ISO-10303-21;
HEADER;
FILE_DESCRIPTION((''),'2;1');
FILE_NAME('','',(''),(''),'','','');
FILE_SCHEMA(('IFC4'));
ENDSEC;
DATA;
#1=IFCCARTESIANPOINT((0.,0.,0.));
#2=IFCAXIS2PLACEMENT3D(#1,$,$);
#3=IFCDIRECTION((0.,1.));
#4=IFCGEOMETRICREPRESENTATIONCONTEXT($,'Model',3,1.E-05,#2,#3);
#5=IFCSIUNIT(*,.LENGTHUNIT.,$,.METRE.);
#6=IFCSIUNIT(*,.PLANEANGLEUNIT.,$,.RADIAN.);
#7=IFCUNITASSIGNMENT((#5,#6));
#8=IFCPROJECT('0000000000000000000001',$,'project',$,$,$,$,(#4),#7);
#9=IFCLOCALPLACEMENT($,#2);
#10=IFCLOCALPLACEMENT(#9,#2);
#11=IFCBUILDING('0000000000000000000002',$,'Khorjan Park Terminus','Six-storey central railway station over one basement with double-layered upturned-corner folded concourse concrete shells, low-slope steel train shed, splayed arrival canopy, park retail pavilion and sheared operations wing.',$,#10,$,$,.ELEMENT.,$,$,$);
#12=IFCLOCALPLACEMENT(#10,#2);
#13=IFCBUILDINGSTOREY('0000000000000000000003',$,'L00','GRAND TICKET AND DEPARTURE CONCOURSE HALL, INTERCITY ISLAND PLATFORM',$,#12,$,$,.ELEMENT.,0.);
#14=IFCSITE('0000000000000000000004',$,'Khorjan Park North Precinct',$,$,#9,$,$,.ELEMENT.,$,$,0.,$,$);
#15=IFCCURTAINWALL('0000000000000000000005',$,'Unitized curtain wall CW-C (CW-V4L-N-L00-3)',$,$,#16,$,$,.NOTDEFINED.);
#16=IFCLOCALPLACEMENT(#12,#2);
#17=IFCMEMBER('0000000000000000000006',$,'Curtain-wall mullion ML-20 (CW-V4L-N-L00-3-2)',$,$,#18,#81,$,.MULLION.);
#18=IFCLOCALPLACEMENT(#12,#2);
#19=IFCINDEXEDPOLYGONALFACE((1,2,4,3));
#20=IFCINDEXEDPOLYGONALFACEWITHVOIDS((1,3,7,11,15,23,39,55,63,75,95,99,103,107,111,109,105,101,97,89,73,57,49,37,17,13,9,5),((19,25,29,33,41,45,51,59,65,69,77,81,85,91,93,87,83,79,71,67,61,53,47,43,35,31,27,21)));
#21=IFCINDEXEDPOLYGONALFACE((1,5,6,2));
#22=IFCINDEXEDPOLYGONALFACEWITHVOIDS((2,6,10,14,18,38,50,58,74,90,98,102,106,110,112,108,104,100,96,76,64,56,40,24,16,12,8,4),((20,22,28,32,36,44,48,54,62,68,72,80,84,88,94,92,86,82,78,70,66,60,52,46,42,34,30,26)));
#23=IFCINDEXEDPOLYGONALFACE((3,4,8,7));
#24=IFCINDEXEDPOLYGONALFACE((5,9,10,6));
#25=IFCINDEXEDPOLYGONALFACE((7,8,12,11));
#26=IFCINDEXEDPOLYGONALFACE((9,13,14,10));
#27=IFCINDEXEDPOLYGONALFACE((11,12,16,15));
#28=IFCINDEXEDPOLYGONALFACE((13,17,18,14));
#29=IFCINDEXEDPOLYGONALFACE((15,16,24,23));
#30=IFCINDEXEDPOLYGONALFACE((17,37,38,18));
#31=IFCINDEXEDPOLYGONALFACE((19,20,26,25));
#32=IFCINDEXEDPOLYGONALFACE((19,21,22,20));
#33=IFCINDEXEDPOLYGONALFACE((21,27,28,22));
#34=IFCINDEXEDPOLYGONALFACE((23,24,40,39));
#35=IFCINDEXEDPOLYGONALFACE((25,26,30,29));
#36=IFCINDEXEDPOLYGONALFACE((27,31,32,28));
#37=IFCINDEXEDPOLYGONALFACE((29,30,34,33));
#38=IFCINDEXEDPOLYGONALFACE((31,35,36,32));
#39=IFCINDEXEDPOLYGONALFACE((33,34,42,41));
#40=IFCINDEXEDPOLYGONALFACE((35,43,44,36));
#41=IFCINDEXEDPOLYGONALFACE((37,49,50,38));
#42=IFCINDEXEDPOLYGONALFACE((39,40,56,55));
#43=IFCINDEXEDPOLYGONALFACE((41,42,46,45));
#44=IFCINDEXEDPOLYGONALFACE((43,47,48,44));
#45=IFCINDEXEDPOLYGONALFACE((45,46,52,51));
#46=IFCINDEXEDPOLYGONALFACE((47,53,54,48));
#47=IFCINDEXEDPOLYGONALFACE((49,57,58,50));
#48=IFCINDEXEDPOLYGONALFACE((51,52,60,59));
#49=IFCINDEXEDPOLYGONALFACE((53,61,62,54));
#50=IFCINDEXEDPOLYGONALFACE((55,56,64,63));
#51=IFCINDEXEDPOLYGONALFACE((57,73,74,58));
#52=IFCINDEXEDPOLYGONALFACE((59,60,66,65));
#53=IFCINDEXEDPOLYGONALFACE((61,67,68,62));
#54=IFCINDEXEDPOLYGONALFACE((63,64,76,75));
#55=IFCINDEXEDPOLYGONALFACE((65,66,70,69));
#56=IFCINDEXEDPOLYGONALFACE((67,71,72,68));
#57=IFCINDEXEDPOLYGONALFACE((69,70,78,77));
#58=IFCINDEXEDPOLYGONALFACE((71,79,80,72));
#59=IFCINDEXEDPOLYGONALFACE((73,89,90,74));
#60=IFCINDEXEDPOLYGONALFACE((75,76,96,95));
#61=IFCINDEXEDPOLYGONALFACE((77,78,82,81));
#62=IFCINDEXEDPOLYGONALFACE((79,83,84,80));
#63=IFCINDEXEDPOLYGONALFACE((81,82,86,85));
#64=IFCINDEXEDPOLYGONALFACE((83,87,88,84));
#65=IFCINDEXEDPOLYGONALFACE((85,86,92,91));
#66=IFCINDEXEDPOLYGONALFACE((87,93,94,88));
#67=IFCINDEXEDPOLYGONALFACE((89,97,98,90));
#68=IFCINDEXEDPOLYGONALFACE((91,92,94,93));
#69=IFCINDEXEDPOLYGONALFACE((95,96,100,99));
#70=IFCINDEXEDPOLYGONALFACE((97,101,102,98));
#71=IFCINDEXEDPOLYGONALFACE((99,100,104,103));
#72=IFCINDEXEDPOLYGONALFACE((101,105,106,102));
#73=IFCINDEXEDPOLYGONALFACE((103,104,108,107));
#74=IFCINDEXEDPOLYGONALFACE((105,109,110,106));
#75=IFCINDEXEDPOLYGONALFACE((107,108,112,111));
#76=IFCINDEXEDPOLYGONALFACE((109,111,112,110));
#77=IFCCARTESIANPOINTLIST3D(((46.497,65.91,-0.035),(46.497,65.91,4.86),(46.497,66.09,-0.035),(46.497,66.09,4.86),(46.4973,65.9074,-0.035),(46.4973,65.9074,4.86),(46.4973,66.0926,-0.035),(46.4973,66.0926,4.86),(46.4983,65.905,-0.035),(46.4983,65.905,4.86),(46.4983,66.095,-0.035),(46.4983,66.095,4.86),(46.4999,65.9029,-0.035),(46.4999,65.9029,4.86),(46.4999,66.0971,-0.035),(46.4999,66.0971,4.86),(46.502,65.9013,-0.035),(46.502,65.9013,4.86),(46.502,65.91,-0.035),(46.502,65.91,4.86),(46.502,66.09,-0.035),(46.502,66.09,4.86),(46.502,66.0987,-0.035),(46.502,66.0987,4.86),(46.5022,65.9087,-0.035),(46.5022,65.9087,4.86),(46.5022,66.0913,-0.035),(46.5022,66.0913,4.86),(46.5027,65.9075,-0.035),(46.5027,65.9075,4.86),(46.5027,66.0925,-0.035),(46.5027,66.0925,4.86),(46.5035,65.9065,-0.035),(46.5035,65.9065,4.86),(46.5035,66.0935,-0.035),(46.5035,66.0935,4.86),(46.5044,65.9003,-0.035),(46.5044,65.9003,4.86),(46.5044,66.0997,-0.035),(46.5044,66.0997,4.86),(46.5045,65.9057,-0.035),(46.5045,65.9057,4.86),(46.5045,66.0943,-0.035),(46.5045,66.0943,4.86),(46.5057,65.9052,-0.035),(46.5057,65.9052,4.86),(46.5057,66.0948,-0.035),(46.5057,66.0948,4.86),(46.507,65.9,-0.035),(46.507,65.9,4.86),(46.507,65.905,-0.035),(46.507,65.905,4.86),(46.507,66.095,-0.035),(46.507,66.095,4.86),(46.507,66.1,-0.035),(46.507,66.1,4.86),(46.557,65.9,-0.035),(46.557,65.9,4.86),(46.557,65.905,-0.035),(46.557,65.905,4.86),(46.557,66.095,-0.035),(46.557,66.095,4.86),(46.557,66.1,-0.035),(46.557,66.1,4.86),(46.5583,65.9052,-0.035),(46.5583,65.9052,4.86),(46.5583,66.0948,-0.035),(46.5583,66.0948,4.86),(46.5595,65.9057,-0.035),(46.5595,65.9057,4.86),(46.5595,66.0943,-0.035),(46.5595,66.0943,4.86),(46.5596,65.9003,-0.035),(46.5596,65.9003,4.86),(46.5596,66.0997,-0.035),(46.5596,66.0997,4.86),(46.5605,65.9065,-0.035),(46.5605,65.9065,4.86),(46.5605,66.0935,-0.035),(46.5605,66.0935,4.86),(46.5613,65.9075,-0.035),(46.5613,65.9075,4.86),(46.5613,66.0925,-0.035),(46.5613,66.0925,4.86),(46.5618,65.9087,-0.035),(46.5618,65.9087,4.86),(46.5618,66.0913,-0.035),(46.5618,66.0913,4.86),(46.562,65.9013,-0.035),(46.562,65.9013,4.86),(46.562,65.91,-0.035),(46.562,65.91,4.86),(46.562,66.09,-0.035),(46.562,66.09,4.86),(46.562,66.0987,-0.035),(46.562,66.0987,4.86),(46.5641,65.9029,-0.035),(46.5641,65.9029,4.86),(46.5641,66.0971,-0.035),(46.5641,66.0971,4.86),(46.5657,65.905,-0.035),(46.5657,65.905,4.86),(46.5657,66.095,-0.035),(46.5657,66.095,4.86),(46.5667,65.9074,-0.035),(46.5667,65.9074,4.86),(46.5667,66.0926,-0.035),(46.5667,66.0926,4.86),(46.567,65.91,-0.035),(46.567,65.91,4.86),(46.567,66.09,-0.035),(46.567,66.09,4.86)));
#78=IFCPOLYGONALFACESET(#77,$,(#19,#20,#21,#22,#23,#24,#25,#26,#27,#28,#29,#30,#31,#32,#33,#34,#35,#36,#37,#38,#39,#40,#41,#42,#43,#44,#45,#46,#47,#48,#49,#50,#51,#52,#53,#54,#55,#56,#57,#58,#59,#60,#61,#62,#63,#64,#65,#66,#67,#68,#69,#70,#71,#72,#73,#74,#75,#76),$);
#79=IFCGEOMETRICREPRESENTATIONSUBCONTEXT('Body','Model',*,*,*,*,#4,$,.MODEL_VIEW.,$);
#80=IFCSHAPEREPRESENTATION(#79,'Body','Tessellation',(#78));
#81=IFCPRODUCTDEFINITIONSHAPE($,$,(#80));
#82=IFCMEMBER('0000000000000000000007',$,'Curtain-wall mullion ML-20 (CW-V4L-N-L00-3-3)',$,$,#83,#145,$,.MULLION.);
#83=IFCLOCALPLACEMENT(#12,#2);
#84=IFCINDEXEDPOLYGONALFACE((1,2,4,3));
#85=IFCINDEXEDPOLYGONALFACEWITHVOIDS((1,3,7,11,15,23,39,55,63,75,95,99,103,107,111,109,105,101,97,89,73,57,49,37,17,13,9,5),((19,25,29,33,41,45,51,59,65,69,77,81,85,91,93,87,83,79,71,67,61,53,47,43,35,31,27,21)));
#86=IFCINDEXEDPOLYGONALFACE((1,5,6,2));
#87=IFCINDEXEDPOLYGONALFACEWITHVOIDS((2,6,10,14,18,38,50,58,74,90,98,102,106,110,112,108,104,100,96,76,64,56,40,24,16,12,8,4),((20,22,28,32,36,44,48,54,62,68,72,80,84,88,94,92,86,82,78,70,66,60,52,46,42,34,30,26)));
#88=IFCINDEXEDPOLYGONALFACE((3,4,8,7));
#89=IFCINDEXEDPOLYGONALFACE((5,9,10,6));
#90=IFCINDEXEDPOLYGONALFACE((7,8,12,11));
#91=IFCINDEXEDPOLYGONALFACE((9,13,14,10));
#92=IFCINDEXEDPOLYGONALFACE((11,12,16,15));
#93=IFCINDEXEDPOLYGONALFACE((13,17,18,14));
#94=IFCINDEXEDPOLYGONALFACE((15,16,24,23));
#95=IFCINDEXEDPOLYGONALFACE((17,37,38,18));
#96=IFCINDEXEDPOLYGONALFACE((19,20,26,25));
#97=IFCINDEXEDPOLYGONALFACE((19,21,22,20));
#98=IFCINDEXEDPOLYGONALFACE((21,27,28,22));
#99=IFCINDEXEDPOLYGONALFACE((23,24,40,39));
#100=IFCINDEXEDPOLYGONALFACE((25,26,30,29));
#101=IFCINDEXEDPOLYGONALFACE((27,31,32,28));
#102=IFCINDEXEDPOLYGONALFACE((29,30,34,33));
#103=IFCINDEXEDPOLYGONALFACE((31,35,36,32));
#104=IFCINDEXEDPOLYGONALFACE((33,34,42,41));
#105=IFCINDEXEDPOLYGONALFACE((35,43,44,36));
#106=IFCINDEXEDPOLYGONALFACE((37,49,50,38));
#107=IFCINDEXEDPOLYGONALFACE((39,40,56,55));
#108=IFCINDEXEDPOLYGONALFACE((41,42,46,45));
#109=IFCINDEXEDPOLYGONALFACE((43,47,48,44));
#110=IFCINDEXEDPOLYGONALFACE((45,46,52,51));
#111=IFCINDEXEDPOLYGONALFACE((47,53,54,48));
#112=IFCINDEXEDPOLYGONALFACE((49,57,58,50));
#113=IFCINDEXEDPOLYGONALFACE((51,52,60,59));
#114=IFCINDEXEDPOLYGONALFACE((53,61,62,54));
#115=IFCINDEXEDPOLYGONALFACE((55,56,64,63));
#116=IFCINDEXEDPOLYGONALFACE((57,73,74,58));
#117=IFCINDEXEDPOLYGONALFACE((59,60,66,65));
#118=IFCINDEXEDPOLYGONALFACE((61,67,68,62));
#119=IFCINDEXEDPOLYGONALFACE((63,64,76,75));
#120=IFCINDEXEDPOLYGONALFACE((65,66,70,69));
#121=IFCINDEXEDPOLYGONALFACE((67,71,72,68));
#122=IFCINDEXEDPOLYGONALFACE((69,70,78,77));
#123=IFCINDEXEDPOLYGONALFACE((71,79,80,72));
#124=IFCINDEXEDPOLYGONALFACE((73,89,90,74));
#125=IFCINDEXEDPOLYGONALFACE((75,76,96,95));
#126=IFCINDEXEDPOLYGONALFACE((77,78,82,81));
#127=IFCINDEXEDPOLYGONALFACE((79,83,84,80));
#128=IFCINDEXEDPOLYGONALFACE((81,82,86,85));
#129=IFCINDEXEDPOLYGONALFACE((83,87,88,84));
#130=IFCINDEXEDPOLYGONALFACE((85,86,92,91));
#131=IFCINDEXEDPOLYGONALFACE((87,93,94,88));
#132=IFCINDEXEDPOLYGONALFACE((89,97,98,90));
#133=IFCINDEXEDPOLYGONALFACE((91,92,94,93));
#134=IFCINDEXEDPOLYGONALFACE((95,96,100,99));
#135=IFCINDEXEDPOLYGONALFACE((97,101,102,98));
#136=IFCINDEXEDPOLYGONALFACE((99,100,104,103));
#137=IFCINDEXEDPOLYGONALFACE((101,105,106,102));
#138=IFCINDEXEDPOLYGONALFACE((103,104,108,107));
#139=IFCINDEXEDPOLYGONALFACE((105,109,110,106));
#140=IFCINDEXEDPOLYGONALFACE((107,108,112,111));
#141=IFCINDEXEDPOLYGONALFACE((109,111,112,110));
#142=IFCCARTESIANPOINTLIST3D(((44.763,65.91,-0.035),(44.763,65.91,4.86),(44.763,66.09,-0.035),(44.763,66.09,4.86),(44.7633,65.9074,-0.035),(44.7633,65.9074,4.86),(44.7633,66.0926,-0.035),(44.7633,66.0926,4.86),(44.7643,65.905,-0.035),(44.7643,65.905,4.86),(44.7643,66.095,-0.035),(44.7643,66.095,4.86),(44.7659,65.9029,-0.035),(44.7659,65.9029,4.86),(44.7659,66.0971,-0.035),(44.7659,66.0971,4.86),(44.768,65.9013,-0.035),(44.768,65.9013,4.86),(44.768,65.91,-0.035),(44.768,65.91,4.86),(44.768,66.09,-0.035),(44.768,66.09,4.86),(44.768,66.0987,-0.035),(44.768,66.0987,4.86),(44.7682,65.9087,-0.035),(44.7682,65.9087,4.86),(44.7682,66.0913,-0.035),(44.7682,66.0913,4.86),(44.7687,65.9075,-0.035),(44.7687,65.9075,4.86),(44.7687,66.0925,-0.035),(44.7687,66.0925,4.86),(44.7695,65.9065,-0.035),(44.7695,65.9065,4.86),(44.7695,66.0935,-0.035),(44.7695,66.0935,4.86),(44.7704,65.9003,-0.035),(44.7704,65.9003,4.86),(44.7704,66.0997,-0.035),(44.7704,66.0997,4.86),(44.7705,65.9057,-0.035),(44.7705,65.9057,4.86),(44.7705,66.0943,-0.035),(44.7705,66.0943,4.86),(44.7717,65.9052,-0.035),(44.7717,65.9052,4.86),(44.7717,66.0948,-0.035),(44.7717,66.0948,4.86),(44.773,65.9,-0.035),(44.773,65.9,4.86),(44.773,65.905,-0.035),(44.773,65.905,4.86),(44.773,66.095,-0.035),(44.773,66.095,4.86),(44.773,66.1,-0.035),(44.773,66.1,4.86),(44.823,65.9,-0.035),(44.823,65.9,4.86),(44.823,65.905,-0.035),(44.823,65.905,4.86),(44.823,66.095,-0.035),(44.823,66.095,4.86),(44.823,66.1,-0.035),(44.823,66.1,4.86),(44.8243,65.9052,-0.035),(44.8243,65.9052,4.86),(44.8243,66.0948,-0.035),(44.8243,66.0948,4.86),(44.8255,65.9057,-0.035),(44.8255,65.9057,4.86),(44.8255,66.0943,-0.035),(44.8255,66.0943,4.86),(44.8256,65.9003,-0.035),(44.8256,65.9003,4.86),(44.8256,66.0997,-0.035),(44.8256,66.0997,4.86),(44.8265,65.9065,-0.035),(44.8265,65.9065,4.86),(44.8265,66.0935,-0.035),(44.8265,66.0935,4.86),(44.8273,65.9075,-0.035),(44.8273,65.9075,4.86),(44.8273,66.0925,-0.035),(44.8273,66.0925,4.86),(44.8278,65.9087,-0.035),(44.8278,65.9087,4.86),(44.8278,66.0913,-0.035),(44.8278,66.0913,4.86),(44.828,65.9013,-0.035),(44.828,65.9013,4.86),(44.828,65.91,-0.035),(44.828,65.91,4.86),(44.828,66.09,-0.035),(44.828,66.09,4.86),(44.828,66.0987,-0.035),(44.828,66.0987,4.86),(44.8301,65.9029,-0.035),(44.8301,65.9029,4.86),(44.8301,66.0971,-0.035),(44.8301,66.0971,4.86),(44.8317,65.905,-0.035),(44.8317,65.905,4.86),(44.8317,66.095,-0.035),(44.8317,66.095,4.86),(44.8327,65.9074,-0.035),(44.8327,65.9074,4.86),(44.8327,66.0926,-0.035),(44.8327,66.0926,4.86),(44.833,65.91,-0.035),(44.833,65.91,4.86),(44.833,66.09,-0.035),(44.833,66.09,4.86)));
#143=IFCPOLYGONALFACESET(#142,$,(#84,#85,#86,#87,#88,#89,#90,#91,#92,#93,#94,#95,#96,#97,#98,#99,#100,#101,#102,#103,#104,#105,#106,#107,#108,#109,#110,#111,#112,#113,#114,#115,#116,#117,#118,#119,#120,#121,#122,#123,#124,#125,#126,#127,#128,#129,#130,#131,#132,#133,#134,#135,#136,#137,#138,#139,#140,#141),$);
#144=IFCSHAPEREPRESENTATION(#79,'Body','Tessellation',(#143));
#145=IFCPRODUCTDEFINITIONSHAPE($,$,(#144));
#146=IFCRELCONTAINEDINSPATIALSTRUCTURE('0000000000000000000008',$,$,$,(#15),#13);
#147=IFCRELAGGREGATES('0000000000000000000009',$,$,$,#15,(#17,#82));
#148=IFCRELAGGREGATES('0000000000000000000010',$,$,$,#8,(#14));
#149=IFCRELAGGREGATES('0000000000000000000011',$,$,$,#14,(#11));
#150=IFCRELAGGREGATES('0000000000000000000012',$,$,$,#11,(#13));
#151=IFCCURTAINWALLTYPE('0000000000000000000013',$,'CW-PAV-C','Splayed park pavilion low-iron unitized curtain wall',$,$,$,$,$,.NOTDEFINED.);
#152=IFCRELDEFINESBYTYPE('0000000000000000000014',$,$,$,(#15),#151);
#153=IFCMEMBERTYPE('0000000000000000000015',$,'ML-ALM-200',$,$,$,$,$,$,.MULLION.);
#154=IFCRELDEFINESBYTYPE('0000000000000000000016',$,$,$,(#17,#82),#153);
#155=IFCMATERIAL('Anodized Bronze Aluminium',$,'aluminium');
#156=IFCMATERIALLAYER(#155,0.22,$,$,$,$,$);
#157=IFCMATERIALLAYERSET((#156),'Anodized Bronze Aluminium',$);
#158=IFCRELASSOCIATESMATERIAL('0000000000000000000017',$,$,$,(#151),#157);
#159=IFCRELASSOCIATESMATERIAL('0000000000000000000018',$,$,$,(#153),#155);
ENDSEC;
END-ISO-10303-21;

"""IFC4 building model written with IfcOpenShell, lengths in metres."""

from ifc_helpers import new_model, si_unit, direction, frame, origin, origin_2d, place, context, subcontext, project, spatial, hollow_rectangle, extrude, material, layer, layer_set, material_profile, profile_set, type_object, element, aggregate, save


model = new_model("IFC4")

# Units and contexts
model_context = context("Model", 3, precision=1e-05, world=origin(), true_north=direction((0.0, 1.0)))
body_context = subcontext(model_context, "Body", "Model", "MODEL_VIEW")
ifc_project = project(units=[si_unit("LENGTHUNIT", "METRE"), si_unit("PLANEANGLEUNIT", "RADIAN")], contexts=[model_context])

# Site, building, storey
site_placement = place(None, origin())
site = spatial("IfcSite", under=ifc_project, at=site_placement, Name="Khorjan Park North Precinct", CompositionType="ELEMENT", RefElevation=0.0)
building_placement = place(site_placement, origin())
building = spatial("IfcBuilding", under=site, at=building_placement, Name="Khorjan Park Terminus", Description="Six-storey central railway station over one basement with double-layered upturned-corner folded concourse concrete shells, low-slope steel train shed, splayed arrival canopy, park retail pavilion and sheared operations wing.", CompositionType="ELEMENT")
storey_placement = place(building_placement, origin())
storey = spatial("IfcBuildingStorey", under=building, at=storey_placement, Name="L00", Description="GRAND TICKET AND DEPARTURE CONCOURSE HALL, INTERCITY ISLAND PLATFORM", CompositionType="ELEMENT", Elevation=0.0)

# Curtain wall, members
ifc_material_1 = material(Name="Anodized Bronze Aluminium", Category="aluminium")
ifc_layer_1 = layer(ifc_material_1, 0.22)
ifc_layer_set_1 = layer_set([ifc_layer_1], Name="Anodized Bronze Aluminium")
curtain_wall_type = type_object("IfcCurtainWallType", Name="CW-PAV-C", Description="Splayed park pavilion low-iron unitized curtain wall", PredefinedType="NOTDEFINED", material=ifc_layer_set_1)
curtain_wall_placement = place(storey_placement, origin())
curtain_wall = element("IfcCurtainWall", 1, at=curtain_wall_placement, inside=storey, type_object=curtain_wall_type, Name="Unitized curtain wall CW-C (CW-V4L-N-L00-3)", PredefinedType="NOTDEFINED")
ifc_material_profile_1 = material_profile(ifc_material_1, hollow_rectangle(XDim=0.07, YDim=0.2, WallThickness=0.005, InnerFilletRadius=0.005, OuterFilletRadius=0.01, at=origin_2d()), Name="ALM 70x200x5")
ifc_profile_set_1 = profile_set([ifc_material_profile_1], Name="Anodized Bronze Aluminium")
member_type_1 = type_object("IfcMemberType", Name="ML-ALM-200", PredefinedType="MULLION", material=ifc_profile_set_1)
member_1_placement = place(storey_placement, frame((46.532, 66.0, -0.035), z_axis=(0.0, 0.0, 1.0), x_axis=(-1.0, 0.0, 0.0)))
member_1 = element("IfcMember", 2, at=member_1_placement, type_object=member_type_1, Name="Curtain-wall mullion ML-20 (CW-V4L-N-L00-3-2)", PredefinedType="MULLION", context=body_context, shape_type="SweptSolid", body=[
    extrude(hollow_rectangle(XDim=0.07, YDim=0.2, WallThickness=0.005, InnerFilletRadius=0.005, OuterFilletRadius=0.01, at=origin_2d()), origin(), (0.0, 0.0, 1.0), 4.895),
])
member_2_placement = place(storey_placement, frame((44.798, 66.0, -0.035), z_axis=(0.0, 0.0, 1.0), x_axis=(-1.0, 0.0, 0.0)))
member_2 = element("IfcMember", 3, at=member_2_placement, type_object=member_type_1, Name="Curtain-wall mullion ML-20 (CW-V4L-N-L00-3-3)", PredefinedType="MULLION", context=body_context, shape_type="SweptSolid", body=[
    extrude(hollow_rectangle(XDim=0.07, YDim=0.2, WallThickness=0.005, InnerFilletRadius=0.005, OuterFilletRadius=0.01, at=origin_2d()), origin(), (0.0, 0.0, 1.0), 4.895),
])
aggregate(curtain_wall, [member_1, member_2])

save(model, "model.ifc")
